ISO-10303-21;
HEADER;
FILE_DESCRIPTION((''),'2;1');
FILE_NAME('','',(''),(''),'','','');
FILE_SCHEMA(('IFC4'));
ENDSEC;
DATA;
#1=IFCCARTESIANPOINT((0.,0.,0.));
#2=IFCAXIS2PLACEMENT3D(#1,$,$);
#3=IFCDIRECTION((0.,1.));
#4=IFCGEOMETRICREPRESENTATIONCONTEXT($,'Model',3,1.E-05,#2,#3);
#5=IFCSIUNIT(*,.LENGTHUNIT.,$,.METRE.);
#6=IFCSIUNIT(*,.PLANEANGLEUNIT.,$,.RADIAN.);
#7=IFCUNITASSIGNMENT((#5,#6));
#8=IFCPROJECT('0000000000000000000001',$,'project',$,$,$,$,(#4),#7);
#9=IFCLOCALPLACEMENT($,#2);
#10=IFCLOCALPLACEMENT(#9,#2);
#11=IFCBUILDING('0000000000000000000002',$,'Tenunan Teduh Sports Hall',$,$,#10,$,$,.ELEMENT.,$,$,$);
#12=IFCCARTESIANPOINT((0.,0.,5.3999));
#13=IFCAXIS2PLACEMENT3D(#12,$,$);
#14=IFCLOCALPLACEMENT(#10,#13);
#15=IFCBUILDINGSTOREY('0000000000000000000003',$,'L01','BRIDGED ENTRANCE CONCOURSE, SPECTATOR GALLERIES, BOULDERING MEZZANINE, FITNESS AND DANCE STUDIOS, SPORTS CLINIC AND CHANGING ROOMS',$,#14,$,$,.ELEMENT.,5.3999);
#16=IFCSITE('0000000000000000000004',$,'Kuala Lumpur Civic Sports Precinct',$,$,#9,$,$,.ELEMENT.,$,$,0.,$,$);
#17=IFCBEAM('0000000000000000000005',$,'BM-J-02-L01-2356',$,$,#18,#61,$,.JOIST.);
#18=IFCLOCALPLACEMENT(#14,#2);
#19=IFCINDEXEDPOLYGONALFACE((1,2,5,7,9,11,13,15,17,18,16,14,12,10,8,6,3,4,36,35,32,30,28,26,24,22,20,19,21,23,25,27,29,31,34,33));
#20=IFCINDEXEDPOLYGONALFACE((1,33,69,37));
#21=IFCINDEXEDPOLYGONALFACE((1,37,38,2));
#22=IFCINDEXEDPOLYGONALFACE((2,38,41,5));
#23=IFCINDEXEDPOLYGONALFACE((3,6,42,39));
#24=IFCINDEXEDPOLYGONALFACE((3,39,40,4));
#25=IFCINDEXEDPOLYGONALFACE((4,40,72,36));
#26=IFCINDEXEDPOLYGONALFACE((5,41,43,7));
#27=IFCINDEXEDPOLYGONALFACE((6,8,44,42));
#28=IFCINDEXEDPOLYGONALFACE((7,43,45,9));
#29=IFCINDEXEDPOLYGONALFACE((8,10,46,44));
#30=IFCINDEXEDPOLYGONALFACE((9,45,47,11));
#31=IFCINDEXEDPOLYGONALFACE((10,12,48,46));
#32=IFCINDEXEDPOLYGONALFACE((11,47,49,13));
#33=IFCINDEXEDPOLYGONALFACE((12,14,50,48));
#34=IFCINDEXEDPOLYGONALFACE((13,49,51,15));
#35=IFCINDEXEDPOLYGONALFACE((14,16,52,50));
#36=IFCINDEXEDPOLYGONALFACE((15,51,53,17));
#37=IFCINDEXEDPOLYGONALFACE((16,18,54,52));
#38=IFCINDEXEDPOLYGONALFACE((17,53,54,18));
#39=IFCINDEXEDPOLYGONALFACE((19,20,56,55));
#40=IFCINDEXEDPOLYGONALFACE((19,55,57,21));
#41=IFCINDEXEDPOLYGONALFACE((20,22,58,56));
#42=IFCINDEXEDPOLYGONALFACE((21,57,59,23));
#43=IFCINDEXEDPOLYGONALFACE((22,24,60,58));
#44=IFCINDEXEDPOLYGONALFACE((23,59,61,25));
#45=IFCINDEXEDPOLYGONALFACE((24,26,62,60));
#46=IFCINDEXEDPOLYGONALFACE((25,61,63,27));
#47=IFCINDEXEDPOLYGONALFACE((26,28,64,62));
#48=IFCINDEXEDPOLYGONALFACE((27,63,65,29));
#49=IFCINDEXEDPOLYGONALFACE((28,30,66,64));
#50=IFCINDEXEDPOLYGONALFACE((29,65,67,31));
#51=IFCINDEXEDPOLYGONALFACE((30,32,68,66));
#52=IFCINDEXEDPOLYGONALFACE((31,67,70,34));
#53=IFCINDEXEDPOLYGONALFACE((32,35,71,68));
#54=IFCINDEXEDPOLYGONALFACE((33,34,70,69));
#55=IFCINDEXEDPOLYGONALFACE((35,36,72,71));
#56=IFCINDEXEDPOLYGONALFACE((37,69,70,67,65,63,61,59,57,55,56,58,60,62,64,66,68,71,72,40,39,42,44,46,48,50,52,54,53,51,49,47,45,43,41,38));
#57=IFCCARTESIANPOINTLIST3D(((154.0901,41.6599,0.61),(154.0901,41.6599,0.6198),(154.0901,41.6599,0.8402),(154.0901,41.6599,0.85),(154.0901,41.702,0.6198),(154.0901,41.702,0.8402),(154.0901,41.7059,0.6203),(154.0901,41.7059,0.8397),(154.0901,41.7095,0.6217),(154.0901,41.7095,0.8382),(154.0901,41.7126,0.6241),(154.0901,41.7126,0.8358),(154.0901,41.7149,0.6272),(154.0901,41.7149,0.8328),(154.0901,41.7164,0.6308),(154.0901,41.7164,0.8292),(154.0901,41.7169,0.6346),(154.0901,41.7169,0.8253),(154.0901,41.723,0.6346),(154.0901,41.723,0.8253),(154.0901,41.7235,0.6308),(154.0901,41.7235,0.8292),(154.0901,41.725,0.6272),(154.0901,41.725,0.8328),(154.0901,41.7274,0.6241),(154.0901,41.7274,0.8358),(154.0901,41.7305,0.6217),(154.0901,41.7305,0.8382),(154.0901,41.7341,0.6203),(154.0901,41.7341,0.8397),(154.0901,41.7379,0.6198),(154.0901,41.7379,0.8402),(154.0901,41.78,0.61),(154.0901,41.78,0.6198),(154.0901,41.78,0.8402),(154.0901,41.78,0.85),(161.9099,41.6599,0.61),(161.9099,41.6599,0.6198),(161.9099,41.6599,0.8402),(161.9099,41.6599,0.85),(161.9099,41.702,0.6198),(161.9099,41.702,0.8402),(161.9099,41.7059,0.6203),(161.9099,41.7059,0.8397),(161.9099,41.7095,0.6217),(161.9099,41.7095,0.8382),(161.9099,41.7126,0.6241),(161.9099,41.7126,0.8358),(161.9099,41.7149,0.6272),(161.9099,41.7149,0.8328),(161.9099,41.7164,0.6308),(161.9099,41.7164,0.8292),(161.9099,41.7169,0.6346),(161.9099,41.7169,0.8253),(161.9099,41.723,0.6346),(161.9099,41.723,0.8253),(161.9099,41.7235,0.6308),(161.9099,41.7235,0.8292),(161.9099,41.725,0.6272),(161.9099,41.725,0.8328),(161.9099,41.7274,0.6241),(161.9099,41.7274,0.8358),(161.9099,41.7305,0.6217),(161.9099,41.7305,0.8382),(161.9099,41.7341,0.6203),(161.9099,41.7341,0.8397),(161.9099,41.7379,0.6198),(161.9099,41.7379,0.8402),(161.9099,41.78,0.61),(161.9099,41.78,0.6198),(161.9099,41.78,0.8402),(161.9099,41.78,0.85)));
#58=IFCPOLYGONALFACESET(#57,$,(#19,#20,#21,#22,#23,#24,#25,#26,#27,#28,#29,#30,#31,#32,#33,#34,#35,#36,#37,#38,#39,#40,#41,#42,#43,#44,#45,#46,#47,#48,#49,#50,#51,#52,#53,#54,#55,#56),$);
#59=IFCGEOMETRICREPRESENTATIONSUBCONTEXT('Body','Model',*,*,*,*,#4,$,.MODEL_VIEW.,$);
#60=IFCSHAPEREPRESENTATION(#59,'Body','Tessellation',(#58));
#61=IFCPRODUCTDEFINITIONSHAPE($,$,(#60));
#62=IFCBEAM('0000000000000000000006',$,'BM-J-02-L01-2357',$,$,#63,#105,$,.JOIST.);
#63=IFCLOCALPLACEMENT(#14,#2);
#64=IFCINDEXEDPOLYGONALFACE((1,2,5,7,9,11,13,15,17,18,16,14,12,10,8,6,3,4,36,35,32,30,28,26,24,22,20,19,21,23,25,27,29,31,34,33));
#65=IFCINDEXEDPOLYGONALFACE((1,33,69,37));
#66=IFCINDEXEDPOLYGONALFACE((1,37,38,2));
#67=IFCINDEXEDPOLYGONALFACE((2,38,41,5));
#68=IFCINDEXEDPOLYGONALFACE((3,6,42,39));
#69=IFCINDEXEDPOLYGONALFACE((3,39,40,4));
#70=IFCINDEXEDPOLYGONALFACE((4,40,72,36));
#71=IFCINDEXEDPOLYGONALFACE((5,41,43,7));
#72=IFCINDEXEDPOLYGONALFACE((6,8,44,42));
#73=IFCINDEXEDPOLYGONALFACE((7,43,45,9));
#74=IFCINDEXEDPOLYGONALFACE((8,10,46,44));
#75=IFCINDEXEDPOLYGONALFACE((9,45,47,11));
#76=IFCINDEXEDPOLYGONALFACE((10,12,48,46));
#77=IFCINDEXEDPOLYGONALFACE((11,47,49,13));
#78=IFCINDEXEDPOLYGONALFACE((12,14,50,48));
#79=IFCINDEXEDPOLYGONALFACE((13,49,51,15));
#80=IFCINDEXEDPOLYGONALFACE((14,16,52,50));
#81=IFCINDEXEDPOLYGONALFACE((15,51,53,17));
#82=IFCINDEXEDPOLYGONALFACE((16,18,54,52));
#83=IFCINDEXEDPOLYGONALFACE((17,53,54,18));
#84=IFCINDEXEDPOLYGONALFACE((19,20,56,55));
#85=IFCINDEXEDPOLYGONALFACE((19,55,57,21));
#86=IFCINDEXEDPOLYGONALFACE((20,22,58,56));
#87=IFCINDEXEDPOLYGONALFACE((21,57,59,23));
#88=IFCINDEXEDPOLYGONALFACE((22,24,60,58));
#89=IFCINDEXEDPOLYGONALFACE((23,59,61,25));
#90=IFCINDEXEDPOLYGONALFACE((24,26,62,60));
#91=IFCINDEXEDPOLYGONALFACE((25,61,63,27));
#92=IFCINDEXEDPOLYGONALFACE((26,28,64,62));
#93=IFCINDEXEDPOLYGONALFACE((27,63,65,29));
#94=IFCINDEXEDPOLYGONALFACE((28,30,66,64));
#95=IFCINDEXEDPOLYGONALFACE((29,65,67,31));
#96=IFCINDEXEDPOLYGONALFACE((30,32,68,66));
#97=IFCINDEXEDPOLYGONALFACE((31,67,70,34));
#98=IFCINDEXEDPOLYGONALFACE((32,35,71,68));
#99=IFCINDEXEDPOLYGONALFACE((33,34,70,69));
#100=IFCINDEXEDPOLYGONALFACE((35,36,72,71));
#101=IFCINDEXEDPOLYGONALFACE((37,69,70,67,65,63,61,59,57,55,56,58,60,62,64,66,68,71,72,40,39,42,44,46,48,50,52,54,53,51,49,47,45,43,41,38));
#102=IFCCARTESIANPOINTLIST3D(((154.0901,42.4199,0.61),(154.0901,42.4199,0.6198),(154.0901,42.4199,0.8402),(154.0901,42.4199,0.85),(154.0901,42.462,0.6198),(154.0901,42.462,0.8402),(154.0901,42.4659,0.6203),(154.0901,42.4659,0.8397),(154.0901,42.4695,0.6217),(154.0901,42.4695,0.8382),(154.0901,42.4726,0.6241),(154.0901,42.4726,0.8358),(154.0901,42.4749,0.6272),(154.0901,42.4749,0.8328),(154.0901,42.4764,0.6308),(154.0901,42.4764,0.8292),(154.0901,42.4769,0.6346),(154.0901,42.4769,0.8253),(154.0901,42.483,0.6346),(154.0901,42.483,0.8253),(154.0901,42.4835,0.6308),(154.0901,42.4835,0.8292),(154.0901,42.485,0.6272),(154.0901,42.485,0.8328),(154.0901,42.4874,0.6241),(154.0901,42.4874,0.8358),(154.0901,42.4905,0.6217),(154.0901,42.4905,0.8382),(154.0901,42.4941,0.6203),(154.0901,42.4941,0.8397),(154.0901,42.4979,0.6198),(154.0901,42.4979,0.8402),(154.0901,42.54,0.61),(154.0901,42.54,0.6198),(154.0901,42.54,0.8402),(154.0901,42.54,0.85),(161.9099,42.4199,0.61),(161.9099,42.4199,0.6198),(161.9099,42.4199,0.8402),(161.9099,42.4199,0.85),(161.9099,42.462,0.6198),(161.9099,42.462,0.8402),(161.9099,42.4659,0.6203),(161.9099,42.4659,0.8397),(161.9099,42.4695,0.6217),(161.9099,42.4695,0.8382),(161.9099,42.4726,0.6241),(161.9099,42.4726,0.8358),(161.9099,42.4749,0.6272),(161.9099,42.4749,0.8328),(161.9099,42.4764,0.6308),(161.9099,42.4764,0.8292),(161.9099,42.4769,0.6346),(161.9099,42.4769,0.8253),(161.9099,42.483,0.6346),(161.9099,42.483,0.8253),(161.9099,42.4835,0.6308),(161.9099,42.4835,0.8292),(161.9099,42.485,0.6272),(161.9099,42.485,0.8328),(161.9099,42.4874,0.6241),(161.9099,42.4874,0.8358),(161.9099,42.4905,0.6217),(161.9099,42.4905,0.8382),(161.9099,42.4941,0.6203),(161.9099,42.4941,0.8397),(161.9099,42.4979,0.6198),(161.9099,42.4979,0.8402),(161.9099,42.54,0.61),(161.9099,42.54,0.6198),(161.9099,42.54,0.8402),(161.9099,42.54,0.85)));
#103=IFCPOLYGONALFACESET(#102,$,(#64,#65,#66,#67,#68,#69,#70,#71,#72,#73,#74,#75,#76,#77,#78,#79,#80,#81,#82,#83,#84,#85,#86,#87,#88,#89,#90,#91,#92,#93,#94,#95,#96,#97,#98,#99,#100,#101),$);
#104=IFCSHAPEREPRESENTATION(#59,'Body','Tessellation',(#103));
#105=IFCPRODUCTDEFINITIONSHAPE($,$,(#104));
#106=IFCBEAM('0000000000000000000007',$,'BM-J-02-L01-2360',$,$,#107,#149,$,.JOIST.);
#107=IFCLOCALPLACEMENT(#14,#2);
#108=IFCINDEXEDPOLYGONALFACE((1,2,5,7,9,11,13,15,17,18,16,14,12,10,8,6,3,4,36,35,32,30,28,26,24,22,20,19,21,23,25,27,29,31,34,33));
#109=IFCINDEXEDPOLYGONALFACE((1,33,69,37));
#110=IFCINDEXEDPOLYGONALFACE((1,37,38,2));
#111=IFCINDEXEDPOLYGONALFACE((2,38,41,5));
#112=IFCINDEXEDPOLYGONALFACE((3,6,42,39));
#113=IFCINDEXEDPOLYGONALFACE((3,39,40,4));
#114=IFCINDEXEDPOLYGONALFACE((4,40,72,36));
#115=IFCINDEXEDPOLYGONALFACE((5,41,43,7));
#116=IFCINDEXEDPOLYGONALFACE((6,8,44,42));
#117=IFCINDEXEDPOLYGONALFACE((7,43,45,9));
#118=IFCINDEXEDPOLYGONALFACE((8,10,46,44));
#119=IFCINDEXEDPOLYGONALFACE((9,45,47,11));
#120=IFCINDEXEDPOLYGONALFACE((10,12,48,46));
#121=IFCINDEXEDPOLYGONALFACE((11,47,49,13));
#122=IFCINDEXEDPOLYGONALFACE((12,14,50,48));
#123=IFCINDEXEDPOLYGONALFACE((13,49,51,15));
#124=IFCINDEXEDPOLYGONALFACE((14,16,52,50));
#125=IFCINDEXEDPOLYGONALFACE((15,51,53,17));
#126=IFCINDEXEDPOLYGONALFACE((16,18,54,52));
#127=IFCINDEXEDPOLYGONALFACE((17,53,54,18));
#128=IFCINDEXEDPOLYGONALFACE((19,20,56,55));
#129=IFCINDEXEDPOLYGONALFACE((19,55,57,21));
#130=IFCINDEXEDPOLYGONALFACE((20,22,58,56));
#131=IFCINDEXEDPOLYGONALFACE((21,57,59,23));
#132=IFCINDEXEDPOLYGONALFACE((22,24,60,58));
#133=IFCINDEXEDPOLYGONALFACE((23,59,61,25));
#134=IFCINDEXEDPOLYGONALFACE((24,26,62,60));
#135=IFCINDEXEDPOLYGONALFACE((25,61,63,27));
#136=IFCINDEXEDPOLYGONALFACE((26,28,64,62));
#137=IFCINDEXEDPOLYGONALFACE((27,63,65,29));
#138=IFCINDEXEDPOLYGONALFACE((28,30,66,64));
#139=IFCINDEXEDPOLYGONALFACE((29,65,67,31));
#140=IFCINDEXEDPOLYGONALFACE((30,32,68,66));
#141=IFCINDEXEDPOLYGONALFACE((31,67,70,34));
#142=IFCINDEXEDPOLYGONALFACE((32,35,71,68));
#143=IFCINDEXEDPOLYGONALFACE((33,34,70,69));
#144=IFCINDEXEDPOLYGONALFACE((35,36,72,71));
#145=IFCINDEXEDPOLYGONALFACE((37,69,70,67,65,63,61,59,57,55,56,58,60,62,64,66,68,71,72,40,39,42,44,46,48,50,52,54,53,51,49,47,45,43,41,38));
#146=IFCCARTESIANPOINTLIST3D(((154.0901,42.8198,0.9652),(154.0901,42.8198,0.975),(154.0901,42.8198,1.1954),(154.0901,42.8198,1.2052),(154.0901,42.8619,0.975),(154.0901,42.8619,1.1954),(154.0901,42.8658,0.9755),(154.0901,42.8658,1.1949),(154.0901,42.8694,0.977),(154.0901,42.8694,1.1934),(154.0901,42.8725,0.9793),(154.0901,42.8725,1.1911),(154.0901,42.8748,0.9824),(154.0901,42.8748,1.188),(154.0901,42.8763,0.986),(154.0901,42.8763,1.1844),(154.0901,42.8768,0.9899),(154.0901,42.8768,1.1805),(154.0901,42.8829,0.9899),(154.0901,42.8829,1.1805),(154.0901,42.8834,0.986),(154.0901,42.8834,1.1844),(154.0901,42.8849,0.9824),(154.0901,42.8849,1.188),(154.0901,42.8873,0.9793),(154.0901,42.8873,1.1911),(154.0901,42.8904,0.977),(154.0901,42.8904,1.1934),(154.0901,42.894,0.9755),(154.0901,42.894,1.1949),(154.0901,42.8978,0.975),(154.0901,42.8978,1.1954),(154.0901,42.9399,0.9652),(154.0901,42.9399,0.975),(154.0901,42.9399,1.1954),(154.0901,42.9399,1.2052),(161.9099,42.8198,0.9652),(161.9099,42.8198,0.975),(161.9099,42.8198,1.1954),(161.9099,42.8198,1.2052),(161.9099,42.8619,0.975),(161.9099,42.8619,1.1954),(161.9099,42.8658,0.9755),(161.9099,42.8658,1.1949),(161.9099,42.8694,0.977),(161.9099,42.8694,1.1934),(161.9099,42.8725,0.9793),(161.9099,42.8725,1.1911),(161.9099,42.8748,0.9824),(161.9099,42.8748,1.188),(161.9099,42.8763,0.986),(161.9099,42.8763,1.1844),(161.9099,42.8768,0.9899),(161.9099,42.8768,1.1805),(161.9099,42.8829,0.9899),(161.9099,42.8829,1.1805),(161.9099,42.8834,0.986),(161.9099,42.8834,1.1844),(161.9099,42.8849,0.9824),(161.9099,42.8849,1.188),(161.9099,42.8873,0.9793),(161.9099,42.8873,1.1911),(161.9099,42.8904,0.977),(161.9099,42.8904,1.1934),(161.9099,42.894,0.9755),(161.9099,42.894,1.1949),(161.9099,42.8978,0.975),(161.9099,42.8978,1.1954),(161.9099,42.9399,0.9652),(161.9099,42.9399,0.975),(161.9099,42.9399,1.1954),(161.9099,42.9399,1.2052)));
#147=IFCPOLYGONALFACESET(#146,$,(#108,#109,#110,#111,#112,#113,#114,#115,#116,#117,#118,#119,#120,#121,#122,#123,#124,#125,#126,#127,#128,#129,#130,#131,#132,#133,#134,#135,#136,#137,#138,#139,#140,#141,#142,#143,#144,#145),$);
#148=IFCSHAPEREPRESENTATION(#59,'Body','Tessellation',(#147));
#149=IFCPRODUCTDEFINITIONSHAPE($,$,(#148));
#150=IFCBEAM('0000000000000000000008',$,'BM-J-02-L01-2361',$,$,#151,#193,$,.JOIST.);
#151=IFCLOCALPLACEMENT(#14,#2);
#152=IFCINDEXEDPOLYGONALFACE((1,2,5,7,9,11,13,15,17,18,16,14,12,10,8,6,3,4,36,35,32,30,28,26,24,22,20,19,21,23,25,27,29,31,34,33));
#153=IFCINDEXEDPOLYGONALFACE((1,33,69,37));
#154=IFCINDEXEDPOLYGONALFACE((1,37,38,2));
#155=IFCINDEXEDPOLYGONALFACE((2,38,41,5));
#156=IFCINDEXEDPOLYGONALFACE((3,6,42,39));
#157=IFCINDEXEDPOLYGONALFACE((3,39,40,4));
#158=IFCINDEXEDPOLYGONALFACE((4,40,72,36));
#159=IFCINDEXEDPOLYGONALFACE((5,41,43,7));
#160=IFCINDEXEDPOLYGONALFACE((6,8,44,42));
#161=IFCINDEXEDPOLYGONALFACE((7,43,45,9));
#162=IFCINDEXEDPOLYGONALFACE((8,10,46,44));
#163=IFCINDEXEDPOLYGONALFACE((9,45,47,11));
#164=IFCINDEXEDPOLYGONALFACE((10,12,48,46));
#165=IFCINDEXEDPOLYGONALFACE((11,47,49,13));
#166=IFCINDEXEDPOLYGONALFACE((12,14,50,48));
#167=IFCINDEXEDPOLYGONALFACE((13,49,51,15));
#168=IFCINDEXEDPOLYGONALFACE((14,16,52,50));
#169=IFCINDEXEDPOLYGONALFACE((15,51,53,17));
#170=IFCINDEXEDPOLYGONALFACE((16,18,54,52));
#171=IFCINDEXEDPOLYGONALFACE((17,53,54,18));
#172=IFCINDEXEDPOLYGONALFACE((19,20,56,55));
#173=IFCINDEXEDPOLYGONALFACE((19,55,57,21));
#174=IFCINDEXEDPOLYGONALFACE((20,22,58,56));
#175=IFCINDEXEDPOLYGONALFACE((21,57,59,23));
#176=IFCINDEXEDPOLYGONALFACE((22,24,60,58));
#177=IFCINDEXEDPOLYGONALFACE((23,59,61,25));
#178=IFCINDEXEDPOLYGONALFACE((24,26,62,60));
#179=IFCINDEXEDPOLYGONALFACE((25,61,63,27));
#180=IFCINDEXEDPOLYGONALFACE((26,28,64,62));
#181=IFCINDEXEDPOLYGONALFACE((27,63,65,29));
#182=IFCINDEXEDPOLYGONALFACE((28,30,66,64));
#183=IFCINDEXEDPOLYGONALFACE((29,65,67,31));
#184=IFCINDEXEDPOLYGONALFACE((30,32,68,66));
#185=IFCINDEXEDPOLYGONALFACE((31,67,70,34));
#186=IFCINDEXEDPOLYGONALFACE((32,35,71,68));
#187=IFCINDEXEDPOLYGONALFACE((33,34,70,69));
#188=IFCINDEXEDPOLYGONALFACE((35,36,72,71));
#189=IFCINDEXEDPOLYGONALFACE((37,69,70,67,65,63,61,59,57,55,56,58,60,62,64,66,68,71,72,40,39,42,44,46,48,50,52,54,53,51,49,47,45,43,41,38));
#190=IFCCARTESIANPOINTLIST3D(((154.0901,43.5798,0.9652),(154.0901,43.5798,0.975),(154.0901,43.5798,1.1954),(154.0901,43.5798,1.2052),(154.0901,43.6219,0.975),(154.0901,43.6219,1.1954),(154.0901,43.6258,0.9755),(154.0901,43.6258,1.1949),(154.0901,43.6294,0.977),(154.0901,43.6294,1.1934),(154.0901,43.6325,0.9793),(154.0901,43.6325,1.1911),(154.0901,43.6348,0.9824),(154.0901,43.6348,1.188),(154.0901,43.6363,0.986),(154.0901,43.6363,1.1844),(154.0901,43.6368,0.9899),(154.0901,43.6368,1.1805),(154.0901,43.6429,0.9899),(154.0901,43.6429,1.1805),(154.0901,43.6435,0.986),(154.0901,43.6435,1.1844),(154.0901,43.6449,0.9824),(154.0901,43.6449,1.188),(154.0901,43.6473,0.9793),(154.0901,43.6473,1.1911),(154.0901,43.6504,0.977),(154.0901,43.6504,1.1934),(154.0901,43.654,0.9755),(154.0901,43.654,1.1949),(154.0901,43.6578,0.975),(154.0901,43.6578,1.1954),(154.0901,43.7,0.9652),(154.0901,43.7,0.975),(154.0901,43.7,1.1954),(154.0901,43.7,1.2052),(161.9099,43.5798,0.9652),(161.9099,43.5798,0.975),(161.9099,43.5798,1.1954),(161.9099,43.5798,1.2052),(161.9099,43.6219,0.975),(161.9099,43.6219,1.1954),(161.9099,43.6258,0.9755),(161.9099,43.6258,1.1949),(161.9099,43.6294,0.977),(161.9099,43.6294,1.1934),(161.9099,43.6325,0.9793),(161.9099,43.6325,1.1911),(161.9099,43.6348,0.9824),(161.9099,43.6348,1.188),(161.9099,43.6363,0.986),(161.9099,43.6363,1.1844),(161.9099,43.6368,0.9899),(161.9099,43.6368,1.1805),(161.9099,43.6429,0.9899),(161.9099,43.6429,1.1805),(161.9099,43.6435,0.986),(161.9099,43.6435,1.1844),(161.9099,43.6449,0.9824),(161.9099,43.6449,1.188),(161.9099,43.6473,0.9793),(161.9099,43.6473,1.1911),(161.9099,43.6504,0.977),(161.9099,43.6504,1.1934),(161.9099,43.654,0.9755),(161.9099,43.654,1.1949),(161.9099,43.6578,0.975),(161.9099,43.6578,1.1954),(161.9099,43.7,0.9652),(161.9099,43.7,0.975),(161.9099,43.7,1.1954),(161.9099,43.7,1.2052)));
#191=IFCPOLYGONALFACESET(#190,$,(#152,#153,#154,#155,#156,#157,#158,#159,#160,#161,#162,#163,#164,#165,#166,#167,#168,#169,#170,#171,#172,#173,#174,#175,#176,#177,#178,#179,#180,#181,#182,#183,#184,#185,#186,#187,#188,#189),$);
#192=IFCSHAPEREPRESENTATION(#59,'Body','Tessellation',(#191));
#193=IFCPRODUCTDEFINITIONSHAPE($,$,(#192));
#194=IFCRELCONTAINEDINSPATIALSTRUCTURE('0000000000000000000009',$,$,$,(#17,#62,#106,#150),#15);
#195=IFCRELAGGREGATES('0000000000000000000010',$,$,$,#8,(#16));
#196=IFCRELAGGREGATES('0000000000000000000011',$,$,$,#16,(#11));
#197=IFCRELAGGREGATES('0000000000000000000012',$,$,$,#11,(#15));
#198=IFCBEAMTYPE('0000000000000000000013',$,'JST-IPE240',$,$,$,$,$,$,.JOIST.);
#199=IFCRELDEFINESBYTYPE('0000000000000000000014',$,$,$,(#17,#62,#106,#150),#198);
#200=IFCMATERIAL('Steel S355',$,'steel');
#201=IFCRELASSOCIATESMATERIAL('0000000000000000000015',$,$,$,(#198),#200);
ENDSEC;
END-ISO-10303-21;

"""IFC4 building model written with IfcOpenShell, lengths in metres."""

from ifc_helpers import new_model, si_unit, direction, frame, origin, origin_2d, place, context, subcontext, project, spatial, i_section, extrude, material, material_profile, profile_set, type_object, element, save


model = new_model("IFC4")

# Units and contexts
model_context = context("Model", 3, precision=1e-05, world=origin(), true_north=direction((0.0, 1.0)))
body_context = subcontext(model_context, "Body", "Model", "MODEL_VIEW")
ifc_project = project(units=[si_unit("LENGTHUNIT", "METRE"), si_unit("PLANEANGLEUNIT", "RADIAN")], contexts=[model_context])

# Site, building, storey
site_placement = place(None, origin())
site = spatial("IfcSite", under=ifc_project, at=site_placement, Name="Kuala Lumpur Civic Sports Precinct", CompositionType="ELEMENT", RefElevation=0.0)
building_placement = place(site_placement, origin())
building = spatial("IfcBuilding", under=site, at=building_placement, Name="Tenunan Teduh Sports Hall", CompositionType="ELEMENT")
storey_placement = place(building_placement, frame((0.0, 0.0, 5.3999)))
storey = spatial("IfcBuildingStorey", under=building, at=storey_placement, Name="L01", Description="BRIDGED ENTRANCE CONCOURSE, SPECTATOR GALLERIES, BOULDERING MEZZANINE, FITNESS AND DANCE STUDIOS, SPORTS CLINIC AND CHANGING ROOMS", CompositionType="ELEMENT", Elevation=5.3999)

# Beams
ifc_material_1 = material(Name="Steel S355", Category="steel")
ifc_material_profile_1 = material_profile(ifc_material_1, i_section(OverallWidth=0.1201, OverallDepth=0.24, WebThickness=0.0061, FlangeThickness=0.0098, FilletRadius=0.0149, at=origin_2d()), Name="IPE 240")
ifc_profile_set_1 = profile_set([ifc_material_profile_1], Name="Steel S355")
beam_type_1 = type_object("IfcBeamType", Name="JST-IPE240", PredefinedType="JOIST", material=ifc_profile_set_1)
for number, where, z_axis, x_axis, name in (
    (1, (154.0901, 41.72, 0.73), (1.0, 0.0, 0.0), (0.0, 1.0, 0.0), "BM-J-02-L01-2356"),
    (2, (154.0901, 42.48, 0.73), (1.0, 0.0, 0.0), (0.0, 1.0, 0.0), "BM-J-02-L01-2357"),
    (3, (154.0901, 42.8799, 1.0852), (1.0, 0.0, 0.0), (0.0, 1.0, 0.0), "BM-J-02-L01-2360"),
    (4, (154.0901, 43.6399, 1.0852), (1.0, 0.0, 0.0), (0.0, 1.0, 0.0), "BM-J-02-L01-2361"),
):
    element("IfcBeam", number, at=place(storey_placement, frame(where, z_axis=z_axis, x_axis=x_axis)), inside=storey, type_object=beam_type_1, Name=name, PredefinedType="JOIST", context=body_context, shape_type="SweptSolid", body=[
        extrude(i_section(OverallWidth=0.1201, OverallDepth=0.24, WebThickness=0.0061, FlangeThickness=0.0098, FilletRadius=0.0149, at=origin_2d()), origin(), (0.0, 0.0, 1.0), 7.8198),
    ])

save(model, "model.ifc")
